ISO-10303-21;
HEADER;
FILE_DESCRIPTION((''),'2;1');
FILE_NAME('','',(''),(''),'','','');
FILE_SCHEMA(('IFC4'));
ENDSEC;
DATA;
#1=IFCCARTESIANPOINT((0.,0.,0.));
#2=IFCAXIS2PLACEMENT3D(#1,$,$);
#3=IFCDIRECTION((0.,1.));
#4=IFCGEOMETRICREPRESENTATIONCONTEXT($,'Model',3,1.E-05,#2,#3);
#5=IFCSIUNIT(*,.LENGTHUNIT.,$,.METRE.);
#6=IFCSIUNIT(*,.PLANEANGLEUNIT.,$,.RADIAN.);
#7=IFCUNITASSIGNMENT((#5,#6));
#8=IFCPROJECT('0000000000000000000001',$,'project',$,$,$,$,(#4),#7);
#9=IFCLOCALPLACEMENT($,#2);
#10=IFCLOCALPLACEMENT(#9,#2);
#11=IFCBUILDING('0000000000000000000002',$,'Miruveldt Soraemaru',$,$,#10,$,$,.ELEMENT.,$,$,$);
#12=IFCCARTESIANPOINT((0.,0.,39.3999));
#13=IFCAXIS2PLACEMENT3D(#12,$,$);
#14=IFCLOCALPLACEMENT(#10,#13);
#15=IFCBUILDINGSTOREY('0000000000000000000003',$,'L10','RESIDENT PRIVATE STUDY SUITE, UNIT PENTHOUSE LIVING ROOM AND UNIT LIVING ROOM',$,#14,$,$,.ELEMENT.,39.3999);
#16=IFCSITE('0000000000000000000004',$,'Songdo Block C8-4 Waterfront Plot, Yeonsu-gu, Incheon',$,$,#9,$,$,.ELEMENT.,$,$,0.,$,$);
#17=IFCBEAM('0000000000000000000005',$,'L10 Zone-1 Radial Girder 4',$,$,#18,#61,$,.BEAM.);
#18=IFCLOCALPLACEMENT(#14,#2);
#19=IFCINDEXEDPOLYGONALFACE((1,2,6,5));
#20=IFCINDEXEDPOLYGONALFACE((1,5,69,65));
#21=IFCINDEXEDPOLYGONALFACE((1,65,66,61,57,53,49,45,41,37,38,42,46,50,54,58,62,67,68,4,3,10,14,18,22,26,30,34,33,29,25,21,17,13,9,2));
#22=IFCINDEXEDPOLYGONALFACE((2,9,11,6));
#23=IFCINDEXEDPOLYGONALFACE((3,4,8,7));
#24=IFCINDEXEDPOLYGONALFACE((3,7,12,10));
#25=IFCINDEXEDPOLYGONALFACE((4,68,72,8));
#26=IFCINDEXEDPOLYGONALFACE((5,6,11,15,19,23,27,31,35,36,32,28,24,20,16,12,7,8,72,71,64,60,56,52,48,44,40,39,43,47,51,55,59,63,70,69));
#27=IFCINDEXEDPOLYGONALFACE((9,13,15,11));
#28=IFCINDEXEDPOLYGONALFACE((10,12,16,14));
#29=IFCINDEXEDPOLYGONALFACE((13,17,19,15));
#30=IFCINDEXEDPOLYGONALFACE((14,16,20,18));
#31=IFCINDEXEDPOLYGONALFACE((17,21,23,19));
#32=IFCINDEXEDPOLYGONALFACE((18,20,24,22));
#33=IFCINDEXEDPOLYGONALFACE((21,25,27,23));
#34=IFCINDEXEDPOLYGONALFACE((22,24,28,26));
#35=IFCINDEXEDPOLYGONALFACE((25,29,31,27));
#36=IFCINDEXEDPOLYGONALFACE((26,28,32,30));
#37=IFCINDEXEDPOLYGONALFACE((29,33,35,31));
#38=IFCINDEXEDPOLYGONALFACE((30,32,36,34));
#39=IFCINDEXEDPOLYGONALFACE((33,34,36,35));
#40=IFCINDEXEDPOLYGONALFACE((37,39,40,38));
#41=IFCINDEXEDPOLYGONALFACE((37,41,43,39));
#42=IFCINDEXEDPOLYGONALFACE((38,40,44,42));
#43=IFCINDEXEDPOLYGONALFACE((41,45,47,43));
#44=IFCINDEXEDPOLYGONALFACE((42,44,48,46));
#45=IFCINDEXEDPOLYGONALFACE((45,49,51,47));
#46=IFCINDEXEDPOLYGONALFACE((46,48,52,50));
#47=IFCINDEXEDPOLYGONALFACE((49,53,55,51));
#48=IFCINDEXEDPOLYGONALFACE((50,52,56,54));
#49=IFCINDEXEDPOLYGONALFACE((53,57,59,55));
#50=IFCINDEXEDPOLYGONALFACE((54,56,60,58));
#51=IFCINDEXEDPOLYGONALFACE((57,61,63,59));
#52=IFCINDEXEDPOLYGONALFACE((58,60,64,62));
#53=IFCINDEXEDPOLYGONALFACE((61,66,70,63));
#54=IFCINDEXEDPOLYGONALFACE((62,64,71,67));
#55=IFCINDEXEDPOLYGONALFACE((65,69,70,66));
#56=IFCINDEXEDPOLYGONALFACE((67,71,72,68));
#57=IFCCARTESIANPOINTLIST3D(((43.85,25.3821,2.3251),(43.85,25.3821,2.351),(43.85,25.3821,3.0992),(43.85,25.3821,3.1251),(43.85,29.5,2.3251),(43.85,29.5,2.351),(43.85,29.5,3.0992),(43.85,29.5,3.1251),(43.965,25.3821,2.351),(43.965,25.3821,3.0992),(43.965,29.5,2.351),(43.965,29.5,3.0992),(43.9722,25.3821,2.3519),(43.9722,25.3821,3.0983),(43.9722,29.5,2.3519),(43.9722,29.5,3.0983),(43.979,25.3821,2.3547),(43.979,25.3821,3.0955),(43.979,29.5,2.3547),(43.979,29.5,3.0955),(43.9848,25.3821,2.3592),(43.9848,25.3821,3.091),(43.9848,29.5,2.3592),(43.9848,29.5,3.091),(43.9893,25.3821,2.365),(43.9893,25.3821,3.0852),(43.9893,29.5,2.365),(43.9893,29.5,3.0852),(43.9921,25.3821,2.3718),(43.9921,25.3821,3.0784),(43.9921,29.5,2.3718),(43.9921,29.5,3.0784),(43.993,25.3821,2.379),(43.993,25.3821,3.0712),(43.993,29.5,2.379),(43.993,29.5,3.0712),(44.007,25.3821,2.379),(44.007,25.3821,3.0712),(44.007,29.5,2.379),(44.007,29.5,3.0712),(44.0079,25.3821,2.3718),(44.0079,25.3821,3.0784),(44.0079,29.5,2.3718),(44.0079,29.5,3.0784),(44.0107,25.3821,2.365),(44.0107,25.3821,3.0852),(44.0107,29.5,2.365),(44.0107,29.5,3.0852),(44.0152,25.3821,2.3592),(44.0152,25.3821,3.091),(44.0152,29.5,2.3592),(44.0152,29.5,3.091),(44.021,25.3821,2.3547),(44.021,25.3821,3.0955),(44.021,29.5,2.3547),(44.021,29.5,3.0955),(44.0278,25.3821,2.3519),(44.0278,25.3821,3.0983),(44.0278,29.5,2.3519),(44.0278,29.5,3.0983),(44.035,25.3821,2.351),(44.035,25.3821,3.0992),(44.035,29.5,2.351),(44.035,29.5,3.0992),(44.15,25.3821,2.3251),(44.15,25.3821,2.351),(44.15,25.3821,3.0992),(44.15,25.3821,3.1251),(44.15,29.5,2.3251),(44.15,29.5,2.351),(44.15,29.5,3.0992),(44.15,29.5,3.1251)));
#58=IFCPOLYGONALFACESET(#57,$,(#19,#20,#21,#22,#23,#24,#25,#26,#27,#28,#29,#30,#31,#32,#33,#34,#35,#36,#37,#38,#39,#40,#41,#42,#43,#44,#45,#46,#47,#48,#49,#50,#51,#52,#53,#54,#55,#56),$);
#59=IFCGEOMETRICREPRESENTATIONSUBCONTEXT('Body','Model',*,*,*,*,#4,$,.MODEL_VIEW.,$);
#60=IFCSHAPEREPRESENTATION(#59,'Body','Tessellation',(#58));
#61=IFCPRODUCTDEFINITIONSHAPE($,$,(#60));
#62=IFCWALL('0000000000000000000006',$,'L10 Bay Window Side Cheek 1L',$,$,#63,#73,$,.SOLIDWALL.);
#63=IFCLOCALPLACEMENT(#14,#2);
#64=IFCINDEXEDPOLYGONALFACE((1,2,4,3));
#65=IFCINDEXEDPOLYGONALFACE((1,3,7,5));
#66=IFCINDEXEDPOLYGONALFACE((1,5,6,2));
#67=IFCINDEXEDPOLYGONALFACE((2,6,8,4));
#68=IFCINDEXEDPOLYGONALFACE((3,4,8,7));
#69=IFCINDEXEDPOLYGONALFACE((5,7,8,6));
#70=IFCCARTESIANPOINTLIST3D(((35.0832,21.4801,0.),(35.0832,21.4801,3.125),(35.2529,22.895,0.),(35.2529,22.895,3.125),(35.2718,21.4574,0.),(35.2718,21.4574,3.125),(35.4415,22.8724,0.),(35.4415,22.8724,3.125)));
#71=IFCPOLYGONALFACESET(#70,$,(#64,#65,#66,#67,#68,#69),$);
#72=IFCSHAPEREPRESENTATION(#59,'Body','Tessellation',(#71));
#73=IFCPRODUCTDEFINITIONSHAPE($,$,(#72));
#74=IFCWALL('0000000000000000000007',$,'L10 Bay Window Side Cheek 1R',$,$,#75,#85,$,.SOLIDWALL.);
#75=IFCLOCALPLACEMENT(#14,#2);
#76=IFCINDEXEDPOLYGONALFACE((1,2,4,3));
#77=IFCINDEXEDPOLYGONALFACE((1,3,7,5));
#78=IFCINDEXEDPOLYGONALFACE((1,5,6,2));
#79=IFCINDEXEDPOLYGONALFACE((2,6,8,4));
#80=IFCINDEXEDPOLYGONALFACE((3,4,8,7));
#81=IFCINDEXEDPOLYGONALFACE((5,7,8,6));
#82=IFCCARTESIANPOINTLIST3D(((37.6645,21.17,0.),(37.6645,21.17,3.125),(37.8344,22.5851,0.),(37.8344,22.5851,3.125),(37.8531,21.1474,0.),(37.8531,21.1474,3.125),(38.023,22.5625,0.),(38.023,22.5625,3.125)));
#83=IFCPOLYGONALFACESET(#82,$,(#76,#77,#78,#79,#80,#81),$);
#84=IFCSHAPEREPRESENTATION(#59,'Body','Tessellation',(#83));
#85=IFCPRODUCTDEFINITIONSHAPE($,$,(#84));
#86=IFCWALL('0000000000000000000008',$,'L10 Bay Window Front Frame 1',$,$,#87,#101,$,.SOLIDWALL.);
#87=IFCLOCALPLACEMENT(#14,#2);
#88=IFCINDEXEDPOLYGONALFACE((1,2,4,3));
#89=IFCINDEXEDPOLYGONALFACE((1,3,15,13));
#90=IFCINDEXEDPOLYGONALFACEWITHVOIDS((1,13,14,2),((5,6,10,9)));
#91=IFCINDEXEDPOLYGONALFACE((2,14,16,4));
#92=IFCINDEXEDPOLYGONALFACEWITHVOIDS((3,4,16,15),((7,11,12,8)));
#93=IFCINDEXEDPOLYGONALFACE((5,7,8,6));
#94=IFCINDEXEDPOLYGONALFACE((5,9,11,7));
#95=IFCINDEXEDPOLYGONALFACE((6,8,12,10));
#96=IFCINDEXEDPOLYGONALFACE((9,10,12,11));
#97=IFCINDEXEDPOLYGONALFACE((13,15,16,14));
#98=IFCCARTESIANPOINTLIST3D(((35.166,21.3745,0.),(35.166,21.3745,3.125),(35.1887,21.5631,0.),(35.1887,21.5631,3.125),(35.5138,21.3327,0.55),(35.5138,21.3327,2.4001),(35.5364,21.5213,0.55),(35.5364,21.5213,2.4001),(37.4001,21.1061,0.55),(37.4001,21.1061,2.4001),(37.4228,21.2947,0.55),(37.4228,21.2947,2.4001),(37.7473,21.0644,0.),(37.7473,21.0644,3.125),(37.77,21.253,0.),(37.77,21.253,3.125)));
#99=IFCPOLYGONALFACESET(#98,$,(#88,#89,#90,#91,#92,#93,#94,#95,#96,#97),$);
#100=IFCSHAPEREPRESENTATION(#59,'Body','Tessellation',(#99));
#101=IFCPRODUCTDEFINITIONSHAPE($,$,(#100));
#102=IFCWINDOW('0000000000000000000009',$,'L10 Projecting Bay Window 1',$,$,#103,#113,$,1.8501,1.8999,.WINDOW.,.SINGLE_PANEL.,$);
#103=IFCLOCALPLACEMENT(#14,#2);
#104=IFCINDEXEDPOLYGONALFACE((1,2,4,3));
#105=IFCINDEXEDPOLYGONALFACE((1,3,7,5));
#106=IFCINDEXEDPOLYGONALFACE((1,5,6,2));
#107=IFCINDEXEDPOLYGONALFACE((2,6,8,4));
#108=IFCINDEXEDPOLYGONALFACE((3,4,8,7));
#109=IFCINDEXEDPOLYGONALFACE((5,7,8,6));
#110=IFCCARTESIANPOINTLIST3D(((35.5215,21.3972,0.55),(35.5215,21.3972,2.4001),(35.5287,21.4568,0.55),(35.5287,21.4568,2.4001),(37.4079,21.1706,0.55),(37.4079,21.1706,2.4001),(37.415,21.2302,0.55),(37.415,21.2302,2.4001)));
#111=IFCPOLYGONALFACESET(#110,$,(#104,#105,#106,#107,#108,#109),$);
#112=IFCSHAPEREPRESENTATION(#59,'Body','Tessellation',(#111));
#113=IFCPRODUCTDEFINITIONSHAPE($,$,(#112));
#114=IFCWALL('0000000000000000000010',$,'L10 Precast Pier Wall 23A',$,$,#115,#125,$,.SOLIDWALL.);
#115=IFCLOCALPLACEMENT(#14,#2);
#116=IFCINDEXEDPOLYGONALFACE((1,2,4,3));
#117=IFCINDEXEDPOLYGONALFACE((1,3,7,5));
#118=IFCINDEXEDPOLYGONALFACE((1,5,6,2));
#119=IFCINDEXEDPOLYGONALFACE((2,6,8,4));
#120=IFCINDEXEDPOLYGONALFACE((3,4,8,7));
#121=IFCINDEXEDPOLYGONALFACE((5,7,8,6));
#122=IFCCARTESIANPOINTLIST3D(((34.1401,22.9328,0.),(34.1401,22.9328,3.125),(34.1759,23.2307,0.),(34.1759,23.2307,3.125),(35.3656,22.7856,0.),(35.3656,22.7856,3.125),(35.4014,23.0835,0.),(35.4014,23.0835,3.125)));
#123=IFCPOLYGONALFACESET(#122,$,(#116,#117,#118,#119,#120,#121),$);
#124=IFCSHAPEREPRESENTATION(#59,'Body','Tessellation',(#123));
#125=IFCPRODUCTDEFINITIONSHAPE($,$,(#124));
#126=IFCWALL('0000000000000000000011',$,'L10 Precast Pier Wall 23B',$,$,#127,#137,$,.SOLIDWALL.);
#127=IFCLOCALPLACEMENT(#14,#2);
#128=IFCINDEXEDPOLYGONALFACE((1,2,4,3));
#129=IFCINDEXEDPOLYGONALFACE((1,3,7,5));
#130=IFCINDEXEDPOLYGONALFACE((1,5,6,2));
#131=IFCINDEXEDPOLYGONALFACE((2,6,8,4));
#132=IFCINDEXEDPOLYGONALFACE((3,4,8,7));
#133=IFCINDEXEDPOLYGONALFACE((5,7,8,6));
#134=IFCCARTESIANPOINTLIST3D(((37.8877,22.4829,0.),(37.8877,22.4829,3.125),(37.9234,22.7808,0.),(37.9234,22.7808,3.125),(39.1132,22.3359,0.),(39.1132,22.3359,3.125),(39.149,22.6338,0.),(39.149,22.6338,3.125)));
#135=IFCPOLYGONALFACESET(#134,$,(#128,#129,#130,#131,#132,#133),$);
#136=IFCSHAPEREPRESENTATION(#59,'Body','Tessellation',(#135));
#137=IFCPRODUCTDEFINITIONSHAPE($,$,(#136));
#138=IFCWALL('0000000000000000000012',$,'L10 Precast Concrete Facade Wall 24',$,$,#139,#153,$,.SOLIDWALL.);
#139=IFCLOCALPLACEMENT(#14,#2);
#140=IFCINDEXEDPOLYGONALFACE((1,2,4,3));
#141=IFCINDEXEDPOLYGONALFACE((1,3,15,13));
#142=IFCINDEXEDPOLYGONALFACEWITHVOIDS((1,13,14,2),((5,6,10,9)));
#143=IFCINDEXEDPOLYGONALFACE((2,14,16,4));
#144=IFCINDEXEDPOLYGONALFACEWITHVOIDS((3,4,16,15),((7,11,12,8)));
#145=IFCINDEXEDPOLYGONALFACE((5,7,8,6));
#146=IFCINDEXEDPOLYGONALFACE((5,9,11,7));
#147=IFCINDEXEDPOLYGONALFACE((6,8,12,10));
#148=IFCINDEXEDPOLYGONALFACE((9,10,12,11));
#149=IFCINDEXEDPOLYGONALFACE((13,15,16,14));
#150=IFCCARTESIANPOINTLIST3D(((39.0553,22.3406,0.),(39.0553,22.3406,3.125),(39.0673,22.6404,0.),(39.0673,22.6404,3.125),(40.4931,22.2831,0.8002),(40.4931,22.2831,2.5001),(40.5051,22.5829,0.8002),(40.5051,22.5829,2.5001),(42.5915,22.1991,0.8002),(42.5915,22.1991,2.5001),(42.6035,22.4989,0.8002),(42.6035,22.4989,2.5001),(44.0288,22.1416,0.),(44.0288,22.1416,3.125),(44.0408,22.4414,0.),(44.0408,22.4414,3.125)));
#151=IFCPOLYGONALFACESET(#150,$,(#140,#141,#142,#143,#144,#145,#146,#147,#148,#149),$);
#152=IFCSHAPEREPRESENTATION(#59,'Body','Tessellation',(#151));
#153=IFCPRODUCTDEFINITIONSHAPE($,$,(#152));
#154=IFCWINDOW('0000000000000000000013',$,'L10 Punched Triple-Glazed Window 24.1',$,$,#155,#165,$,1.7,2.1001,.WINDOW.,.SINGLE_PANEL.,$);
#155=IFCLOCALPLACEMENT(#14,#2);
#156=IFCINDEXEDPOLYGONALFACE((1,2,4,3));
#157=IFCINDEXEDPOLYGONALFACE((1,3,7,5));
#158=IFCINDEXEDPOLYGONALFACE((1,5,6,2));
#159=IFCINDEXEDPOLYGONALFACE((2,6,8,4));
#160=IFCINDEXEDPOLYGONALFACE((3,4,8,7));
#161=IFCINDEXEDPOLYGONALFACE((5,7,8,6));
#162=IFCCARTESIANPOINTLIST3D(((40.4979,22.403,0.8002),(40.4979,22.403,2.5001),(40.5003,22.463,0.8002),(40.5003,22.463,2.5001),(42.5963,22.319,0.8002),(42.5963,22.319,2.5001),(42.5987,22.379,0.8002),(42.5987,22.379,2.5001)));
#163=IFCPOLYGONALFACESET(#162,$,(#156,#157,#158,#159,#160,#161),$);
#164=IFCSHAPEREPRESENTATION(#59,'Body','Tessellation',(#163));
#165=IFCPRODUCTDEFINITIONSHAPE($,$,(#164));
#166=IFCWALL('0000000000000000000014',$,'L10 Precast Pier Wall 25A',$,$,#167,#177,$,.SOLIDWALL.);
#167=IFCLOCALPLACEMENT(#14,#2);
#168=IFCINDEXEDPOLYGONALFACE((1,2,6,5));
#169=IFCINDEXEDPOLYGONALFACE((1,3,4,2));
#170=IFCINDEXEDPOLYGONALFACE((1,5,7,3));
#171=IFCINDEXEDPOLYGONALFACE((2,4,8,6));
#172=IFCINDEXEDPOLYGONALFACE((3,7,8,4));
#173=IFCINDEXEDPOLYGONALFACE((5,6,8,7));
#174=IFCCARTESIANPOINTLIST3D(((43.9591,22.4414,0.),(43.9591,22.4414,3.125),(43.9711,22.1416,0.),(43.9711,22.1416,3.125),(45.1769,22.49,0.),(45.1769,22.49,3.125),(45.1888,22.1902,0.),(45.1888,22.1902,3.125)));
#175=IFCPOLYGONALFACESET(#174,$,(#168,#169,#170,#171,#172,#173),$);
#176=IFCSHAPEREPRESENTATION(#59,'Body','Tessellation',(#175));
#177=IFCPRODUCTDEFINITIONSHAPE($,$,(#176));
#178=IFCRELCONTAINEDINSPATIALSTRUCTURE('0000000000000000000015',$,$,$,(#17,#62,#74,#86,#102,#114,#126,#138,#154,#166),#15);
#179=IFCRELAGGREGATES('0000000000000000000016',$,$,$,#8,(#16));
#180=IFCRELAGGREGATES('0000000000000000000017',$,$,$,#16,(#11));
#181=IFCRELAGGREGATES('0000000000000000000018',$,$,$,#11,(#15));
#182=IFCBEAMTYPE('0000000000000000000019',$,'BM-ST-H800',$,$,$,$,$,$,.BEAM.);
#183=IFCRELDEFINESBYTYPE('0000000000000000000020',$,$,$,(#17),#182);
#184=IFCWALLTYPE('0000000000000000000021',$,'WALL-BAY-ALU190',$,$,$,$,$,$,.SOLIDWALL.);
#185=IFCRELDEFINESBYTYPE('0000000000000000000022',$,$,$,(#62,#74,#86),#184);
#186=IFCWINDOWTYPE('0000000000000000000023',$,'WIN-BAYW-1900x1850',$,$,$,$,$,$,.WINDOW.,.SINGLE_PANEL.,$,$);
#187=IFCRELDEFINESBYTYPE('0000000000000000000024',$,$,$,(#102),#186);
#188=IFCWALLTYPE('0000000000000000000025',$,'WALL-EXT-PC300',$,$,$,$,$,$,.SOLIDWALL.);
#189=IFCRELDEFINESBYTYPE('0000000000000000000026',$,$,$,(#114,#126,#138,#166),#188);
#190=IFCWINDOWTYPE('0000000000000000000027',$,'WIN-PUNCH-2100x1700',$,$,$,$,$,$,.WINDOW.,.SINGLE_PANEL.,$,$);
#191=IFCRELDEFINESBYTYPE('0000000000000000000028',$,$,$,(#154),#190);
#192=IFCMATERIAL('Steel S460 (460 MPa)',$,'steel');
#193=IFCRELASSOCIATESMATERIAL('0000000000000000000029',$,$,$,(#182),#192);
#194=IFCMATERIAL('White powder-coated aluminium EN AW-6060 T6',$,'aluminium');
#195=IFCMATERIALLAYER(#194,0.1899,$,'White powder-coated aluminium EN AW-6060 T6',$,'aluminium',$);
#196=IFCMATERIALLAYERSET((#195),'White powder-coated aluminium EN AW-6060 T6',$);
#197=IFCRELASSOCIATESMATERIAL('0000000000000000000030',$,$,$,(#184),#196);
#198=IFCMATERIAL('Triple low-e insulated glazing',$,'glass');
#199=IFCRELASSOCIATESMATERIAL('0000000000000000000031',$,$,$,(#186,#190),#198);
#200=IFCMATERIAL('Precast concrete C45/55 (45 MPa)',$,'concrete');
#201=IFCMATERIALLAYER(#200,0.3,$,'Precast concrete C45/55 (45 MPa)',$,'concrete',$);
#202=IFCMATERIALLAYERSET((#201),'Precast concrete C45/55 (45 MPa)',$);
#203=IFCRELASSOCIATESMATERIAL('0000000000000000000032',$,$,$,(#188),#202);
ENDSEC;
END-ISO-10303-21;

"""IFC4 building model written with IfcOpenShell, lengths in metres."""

from ifc_helpers import new_model, si_unit, direction, frame, frame_2d, origin, origin_2d, place, context, subcontext, project, spatial, rectangle, i_section, extrude, material, layer, layer_set, material_profile, profile_set, type_object, element, fill, save


model = new_model("IFC4")

# Units and contexts
model_context = context("Model", 3, precision=1e-05, world=origin(), true_north=direction((0.0, 1.0)))
body_context = subcontext(model_context, "Body", "Model", "MODEL_VIEW")
ifc_project = project(units=[si_unit("LENGTHUNIT", "METRE"), si_unit("PLANEANGLEUNIT", "RADIAN")], contexts=[model_context])

# Site, building, storey
site_placement = place(None, origin())
site = spatial("IfcSite", under=ifc_project, at=site_placement, Name="Songdo Block C8-4 Waterfront Plot, Yeonsu-gu, Incheon", CompositionType="ELEMENT", RefElevation=0.0)
building_placement = place(site_placement, origin())
building = spatial("IfcBuilding", under=site, at=building_placement, Name="Miruveldt Soraemaru", CompositionType="ELEMENT")
storey_placement = place(building_placement, frame((0.0, 0.0, 39.3999)))
storey = spatial("IfcBuildingStorey", under=building, at=storey_placement, Name="L10", Description="RESIDENT PRIVATE STUDY SUITE, UNIT PENTHOUSE LIVING ROOM AND UNIT LIVING ROOM", CompositionType="ELEMENT", Elevation=39.3999)

# Beam
ifc_material_1 = material(Name="Steel S460 (460 MPa)", Category="steel")
ifc_material_profile_1 = material_profile(ifc_material_1, i_section(OverallWidth=0.3, OverallDepth=0.8, WebThickness=0.0139, FlangeThickness=0.0259, FilletRadius=0.0281, at=origin_2d()), Name="Steel S460 (460 MPa)", Category="steel")
ifc_profile_set_1 = profile_set([ifc_material_profile_1], Name="Steel S460 (460 MPa)")
beam_type_1 = type_object("IfcBeamType", Name="BM-ST-H800", PredefinedType="BEAM", material=ifc_profile_set_1)
beam_1_placement = place(storey_placement, frame((44.0, 29.5, 2.7251), z_axis=(0.0, -1.0, 0.0), x_axis=(1.0, 0.0, 0.0)))
element("IfcBeam", 1, at=beam_1_placement, inside=storey, type_object=beam_type_1, Name="L10 Zone-1 Radial Girder 4", PredefinedType="BEAM", context=body_context, shape_type="SweptSolid", body=[
    extrude(i_section(OverallWidth=0.3, OverallDepth=0.8, WebThickness=0.0139, FlangeThickness=0.0259, FilletRadius=0.0281, at=origin_2d()), origin(), (0.0, 0.0, 1.0), 4.1179),
])

# Walls
ifc_material_2 = material(Name="White powder-coated aluminium EN AW-6060 T6", Category="aluminium")
ifc_layer_1 = layer(ifc_material_2, 0.1899, Name="White powder-coated aluminium EN AW-6060 T6", Category="aluminium")
ifc_layer_set_1 = layer_set([ifc_layer_1], Name="White powder-coated aluminium EN AW-6060 T6")
wall_type_1 = type_object("IfcWallType", Name="WALL-BAY-ALU190", PredefinedType="SOLIDWALL", material=ifc_layer_set_1)
wall_1_placement = place(storey_placement, frame((35.3472, 22.8835, 0.0), z_axis=(0.0, 0.0, 1.0), x_axis=(-0.119078, -0.992885, 0.0)))
element("IfcWall", 2, at=wall_1_placement, inside=storey, type_object=wall_type_1, Name="L10 Bay Window Side Cheek 1L", PredefinedType="SOLIDWALL", context=body_context, shape_type="SweptSolid", body=[
    extrude(rectangle(XDim=1.425, YDim=0.1899, at=frame_2d((0.7124, 0.0))), origin(), (0.0, 0.0, 1.0), 3.125),
])
wall_2_placement = place(storey_placement, frame((37.7588, 21.1587, 0.0), z_axis=(0.0, 0.0, 1.0), x_axis=(0.119226, 0.992867, 0.0)))
element("IfcWall", 3, at=wall_2_placement, inside=storey, type_object=wall_type_1, Name="L10 Bay Window Side Cheek 1R", PredefinedType="SOLIDWALL", context=body_context, shape_type="SweptSolid", body=[
    extrude(rectangle(XDim=1.4253, YDim=0.1899, at=frame_2d((0.7126, 0.0))), origin(), (0.0, 0.0, 1.0), 3.125),
])

# Wall, opening, window
wall_3_placement = place(storey_placement, frame((35.1775, 21.4688, 0.0), z_axis=(0.0, 0.0, 1.0), x_axis=(0.992863, -0.11926, 0.0)))
wall_3 = element("IfcWall", 4, at=wall_3_placement, inside=storey, type_object=wall_type_1, Name="L10 Bay Window Front Frame 1", PredefinedType="SOLIDWALL", context=body_context, shape_type="SweptSolid", body=[
    extrude(rectangle(XDim=2.5999, YDim=0.1899, at=frame_2d((1.2998, 0.0))), origin(), (0.0, 0.0, 1.0), 3.125),
])
opening_1_placement = place(wall_3_placement, frame((0.3501, 0.0, 0.55)))
opening_1 = element("IfcOpeningElement", 5, at=opening_1_placement, cuts=wall_3, PredefinedType="OPENING", context=body_context, shape_type="SweptSolid", body=[
    extrude(rectangle(XDim=1.8999, YDim=1.8501, at=frame_2d((0.95, 0.925))), frame((0.0, 0.105, 0.0), z_axis=(0.0, -1.0, 0.0), x_axis=(1.0, 0.0, 0.0)), (0.0, 0.0, 1.0), 0.21),
])
ifc_material_3 = material(Name="Triple low-e insulated glazing", Category="glass")
window_type_1 = type_object("IfcWindowType", Name="WIN-BAYW-1900x1850", PartitioningType="SINGLE_PANEL", PredefinedType="WINDOW", material=ifc_material_3)
window_1_placement = place(opening_1_placement, origin())
window_1 = element("IfcWindow", 6, at=window_1_placement, inside=storey, type_object=window_type_1, Name="L10 Projecting Bay Window 1", OverallHeight=1.8501, OverallWidth=1.8999, PartitioningType="SINGLE_PANEL", PredefinedType="WINDOW", context=body_context, shape_type="SweptSolid", body=[
    extrude(rectangle(XDim=1.8999, YDim=1.8501, at=frame_2d((0.95, 0.925))), frame((0.0, 0.03, 0.0), z_axis=(0.0, -1.0, 0.0), x_axis=(1.0, 0.0, 0.0)), (0.0, 0.0, 1.0), 0.0601),
])
fill(opening_1, window_1)

# Walls
ifc_material_4 = material(Name="Precast concrete C45/55 (45 MPa)", Category="concrete")
ifc_layer_2 = layer(ifc_material_4, 0.3, Name="Precast concrete C45/55 (45 MPa)", Category="concrete")
ifc_layer_set_2 = layer_set([ifc_layer_2], Name="Precast concrete C45/55 (45 MPa)")
wall_type_2 = type_object("IfcWallType", Name="WALL-EXT-PC300", PredefinedType="SOLIDWALL", material=ifc_layer_set_2)
for number, where, z_axis, x_axis, name in (
    (7, (34.158, 23.0818, 0.0), (0.0, 0.0, 1.0), (0.992863, -0.119262, 0.0), "L10 Precast Pier Wall 23A"),
    (8, (37.9055, 22.6318, 0.0), (0.0, 0.0, 1.0), (0.992886, -0.119067, 0.0), "L10 Precast Pier Wall 23B"),
):
    element("IfcWall", number, at=place(storey_placement, frame(where, z_axis=z_axis, x_axis=x_axis)), inside=storey, type_object=wall_type_2, Name=name, PredefinedType="SOLIDWALL", context=body_context, shape_type="SweptSolid", body=[
        extrude(rectangle(XDim=1.2344, YDim=0.3, at=frame_2d((0.6172, 0.0))), origin(), (0.0, 0.0, 1.0), 3.125),
    ])

# Wall, opening, window
wall_4_placement = place(storey_placement, frame((39.0613, 22.4905, 0.0), z_axis=(0.0, 0.0, 1.0), x_axis=(0.999201, -0.039974, 0.0)))
wall_4 = element("IfcWall", 9, at=wall_4_placement, inside=storey, type_object=wall_type_2, Name="L10 Precast Concrete Facade Wall 24", PredefinedType="SOLIDWALL", context=body_context, shape_type="SweptSolid", body=[
    extrude(rectangle(XDim=4.9775, YDim=0.3, at=frame_2d((2.4888, 0.0))), origin(), (0.0, 0.0, 1.0), 3.125),
])
opening_2_placement = place(wall_4_placement, frame((1.439, 0.0, 0.8)))
opening_2 = element("IfcOpeningElement", 10, at=opening_2_placement, cuts=wall_4, PredefinedType="OPENING", context=body_context, shape_type="SweptSolid", body=[
    extrude(rectangle(XDim=2.1001, YDim=1.7, at=frame_2d((1.05, 0.8501))), frame((0.0, 0.1602, 0.0), z_axis=(0.0, -1.0, 0.0), x_axis=(1.0, 0.0, 0.0)), (0.0, 0.0, 1.0), 0.3201),
])
window_type_2 = type_object("IfcWindowType", Name="WIN-PUNCH-2100x1700", PartitioningType="SINGLE_PANEL", PredefinedType="WINDOW", material=ifc_material_3)
window_2_placement = place(opening_2_placement, origin())
window_2 = element("IfcWindow", 11, at=window_2_placement, inside=storey, type_object=window_type_2, Name="L10 Punched Triple-Glazed Window 24.1", OverallHeight=1.7, OverallWidth=2.1001, PartitioningType="SINGLE_PANEL", PredefinedType="WINDOW", context=body_context, shape_type="SweptSolid", body=[
    extrude(rectangle(XDim=2.1001, YDim=1.7, at=frame_2d((1.05, 0.8501))), frame((0.0, 0.03, 0.0), z_axis=(0.0, -1.0, 0.0), x_axis=(1.0, 0.0, 0.0)), (0.0, 0.0, 1.0), 0.0601),
])
fill(opening_2, window_2)

# Wall
wall_5_placement = place(storey_placement, frame((43.9651, 22.2915, 0.0), z_axis=(0.0, 0.0, 1.0), x_axis=(0.999205, 0.039864, 0.0)))
element("IfcWall", 12, at=wall_5_placement, inside=storey, type_object=wall_type_2, Name="L10 Precast Pier Wall 25A", PredefinedType="SOLIDWALL", context=body_context, shape_type="SweptSolid", body=[
    extrude(rectangle(XDim=1.2188, YDim=0.3, at=frame_2d((0.6094, 0.0))), origin(), (0.0, 0.0, 1.0), 3.125),
])

save(model, "model.ifc")
